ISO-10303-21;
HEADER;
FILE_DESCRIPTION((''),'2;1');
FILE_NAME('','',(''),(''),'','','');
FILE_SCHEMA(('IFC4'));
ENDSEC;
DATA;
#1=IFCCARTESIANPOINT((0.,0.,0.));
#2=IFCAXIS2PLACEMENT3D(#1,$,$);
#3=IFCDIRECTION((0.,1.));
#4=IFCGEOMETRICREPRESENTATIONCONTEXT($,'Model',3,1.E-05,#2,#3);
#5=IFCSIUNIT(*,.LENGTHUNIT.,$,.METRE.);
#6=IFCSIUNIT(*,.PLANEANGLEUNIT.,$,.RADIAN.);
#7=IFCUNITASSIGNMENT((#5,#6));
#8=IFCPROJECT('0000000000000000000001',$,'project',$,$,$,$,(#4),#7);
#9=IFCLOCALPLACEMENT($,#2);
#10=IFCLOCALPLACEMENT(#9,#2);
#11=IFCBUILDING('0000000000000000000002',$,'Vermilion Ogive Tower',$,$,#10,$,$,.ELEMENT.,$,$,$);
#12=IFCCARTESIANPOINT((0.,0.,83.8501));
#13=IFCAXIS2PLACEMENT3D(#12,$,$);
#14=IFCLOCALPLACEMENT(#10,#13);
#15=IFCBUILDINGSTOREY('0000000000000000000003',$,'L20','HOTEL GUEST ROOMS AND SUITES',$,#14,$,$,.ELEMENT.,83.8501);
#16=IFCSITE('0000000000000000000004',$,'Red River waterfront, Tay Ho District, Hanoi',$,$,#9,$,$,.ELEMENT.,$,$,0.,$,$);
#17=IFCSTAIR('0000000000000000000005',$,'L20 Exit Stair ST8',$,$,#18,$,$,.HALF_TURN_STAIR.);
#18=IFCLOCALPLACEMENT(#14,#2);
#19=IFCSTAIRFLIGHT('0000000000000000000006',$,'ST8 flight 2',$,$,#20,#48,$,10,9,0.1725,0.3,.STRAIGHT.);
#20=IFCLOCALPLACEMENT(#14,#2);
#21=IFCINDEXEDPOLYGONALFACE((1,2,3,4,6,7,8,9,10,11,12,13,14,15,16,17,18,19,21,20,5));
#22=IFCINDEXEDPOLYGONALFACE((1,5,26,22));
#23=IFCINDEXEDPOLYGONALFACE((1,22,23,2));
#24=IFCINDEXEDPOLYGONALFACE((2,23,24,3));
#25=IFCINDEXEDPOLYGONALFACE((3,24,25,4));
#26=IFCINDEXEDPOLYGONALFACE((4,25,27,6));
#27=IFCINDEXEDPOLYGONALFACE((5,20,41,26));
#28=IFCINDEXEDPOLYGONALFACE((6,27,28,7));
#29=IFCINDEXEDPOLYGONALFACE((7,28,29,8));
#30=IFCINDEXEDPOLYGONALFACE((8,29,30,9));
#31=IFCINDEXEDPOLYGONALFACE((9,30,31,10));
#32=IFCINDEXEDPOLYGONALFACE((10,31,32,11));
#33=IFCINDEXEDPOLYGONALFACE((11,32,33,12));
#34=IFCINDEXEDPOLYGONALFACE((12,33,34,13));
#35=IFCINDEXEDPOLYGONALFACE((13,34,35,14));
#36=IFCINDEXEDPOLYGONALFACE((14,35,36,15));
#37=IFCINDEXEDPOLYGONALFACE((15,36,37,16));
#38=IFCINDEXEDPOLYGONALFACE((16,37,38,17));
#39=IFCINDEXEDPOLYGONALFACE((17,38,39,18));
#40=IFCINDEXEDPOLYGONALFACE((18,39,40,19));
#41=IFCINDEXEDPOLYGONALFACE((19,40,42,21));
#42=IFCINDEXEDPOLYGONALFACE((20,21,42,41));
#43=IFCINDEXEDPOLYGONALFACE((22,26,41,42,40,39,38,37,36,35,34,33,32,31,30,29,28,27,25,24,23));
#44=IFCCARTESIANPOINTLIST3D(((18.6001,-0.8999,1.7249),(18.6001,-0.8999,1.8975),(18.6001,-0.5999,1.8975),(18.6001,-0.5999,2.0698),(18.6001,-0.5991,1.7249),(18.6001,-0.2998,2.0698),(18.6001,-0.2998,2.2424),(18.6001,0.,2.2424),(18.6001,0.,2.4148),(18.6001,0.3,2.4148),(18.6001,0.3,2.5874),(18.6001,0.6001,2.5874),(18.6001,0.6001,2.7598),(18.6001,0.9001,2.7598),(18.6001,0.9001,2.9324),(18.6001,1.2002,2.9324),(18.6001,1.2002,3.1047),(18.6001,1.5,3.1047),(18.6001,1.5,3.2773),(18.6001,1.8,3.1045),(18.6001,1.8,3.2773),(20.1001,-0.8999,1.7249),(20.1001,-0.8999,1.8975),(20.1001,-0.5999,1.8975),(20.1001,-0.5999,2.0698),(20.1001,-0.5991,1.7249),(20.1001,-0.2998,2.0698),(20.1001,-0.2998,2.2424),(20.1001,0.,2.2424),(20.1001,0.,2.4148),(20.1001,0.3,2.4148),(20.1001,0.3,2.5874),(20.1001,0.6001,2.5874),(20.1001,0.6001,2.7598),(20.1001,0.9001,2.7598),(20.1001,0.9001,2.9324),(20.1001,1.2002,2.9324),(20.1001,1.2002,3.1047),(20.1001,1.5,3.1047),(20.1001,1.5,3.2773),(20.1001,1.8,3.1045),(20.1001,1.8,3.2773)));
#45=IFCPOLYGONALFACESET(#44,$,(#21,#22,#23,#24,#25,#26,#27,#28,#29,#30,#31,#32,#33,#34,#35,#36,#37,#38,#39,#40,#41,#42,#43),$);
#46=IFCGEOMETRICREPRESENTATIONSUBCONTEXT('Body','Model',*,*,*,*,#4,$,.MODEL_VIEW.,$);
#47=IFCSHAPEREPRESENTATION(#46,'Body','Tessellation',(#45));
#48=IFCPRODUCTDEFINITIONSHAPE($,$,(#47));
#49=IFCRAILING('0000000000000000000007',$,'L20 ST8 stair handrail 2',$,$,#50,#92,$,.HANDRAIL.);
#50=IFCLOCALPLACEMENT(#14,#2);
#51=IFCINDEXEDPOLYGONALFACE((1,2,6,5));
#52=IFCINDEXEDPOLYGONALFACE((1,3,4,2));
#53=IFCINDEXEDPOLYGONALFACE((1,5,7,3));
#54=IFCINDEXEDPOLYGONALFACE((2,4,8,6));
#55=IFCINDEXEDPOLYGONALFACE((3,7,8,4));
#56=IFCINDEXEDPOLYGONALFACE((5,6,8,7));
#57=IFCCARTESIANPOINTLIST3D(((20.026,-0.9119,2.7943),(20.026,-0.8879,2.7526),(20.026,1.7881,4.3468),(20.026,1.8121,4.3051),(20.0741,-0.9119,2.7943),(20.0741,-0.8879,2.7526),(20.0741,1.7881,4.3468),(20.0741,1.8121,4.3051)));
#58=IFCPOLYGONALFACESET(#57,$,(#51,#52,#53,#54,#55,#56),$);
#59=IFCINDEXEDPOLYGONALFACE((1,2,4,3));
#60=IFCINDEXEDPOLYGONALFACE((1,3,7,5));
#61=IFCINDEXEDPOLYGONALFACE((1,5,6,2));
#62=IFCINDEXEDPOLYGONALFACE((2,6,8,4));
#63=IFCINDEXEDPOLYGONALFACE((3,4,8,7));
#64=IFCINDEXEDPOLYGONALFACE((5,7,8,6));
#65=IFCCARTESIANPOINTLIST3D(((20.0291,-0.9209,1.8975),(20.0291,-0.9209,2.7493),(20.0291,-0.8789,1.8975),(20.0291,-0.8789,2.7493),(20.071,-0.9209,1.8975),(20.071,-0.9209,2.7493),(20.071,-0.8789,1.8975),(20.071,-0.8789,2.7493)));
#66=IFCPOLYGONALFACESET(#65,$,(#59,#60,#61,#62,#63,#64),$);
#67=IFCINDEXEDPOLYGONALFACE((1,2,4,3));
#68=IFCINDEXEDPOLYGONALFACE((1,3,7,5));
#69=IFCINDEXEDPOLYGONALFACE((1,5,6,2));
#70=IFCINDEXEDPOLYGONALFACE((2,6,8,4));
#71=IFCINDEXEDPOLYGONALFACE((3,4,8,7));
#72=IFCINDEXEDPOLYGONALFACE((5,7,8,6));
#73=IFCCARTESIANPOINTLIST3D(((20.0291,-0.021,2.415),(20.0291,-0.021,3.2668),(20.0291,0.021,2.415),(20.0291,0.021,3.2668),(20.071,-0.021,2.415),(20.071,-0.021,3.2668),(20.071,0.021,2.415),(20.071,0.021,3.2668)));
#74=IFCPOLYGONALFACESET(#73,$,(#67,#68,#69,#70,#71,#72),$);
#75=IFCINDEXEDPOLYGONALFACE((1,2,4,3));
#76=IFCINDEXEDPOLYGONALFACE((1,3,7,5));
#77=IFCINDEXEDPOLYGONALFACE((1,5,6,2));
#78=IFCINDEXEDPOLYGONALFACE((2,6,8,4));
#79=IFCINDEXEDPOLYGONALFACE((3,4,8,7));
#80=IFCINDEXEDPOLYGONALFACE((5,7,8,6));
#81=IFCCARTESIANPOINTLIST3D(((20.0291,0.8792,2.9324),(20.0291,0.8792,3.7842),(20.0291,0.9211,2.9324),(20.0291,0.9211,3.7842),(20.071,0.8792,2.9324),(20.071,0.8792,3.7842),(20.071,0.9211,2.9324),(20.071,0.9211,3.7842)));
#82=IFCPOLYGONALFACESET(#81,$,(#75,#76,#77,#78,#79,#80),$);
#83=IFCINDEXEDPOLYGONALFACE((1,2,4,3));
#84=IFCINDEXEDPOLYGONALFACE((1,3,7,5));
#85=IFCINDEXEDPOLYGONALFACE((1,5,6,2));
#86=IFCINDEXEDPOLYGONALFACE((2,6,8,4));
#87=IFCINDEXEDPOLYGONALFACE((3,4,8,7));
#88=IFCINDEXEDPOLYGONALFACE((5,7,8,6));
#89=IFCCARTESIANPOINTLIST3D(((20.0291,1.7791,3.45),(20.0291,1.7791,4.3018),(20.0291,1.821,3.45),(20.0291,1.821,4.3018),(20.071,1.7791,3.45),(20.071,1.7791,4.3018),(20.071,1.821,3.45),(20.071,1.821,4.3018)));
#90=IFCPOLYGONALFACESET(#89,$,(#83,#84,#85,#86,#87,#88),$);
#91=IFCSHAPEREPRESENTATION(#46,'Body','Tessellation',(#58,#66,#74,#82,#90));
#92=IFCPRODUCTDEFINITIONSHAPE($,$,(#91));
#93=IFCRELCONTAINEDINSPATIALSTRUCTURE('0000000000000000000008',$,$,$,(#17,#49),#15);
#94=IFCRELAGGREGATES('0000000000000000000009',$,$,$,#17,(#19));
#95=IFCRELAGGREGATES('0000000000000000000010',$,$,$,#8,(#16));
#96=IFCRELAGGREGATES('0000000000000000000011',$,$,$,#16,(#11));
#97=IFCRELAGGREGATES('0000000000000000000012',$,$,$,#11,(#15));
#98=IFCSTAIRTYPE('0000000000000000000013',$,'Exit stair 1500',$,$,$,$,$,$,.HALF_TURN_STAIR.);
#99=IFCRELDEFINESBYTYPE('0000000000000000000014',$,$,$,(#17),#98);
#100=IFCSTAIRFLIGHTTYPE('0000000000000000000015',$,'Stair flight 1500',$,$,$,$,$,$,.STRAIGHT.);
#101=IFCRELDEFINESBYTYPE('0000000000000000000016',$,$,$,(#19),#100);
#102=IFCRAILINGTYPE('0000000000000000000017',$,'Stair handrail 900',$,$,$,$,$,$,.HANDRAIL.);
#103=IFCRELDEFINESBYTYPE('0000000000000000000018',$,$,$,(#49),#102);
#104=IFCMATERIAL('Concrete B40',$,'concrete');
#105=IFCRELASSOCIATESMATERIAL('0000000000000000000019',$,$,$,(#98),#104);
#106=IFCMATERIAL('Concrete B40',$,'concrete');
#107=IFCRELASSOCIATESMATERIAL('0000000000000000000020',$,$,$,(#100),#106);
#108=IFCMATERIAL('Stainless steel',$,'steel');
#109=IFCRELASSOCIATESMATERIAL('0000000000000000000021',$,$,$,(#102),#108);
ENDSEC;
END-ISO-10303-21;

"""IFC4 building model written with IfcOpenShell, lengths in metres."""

from ifc_helpers import new_model, si_unit, direction, frame, origin, origin_2d, place, context, subcontext, project, spatial, polyline, rectangle, outline, extrude, material, type_object, element, aggregate, save


model = new_model("IFC4")

# Units and contexts
model_context = context("Model", 3, precision=1e-05, world=origin(), true_north=direction((0.0, 1.0)))
body_context = subcontext(model_context, "Body", "Model", "MODEL_VIEW")
ifc_project = project(units=[si_unit("LENGTHUNIT", "METRE"), si_unit("PLANEANGLEUNIT", "RADIAN")], contexts=[model_context])

# Site, building, storey
site_placement = place(None, origin())
site = spatial("IfcSite", under=ifc_project, at=site_placement, Name="Red River waterfront, Tay Ho District, Hanoi", CompositionType="ELEMENT", RefElevation=0.0)
building_placement = place(site_placement, origin())
building = spatial("IfcBuilding", under=site, at=building_placement, Name="Vermilion Ogive Tower", CompositionType="ELEMENT")
storey_placement = place(building_placement, frame((0.0, 0.0, 83.8501)))
storey = spatial("IfcBuildingStorey", under=building, at=storey_placement, Name="L20", Description="HOTEL GUEST ROOMS AND SUITES", CompositionType="ELEMENT", Elevation=83.8501)

# Stair, stair flight
ifc_material_1 = material(Name="Concrete B40", Category="concrete")
stair_type = type_object("IfcStairType", Name="Exit stair 1500", PredefinedType="HALF_TURN_STAIR", material=ifc_material_1)
stair_placement = place(storey_placement, origin())
stair = element("IfcStair", 1, at=stair_placement, inside=storey, type_object=stair_type, Name="L20 Exit Stair ST8", PredefinedType="HALF_TURN_STAIR")
ifc_material_2 = material(Name="Concrete B40", Category="concrete")
stair_flight_type = type_object("IfcStairFlightType", Name="Stair flight 1500", PredefinedType="STRAIGHT", material=ifc_material_2)
stair_flight_placement = place(storey_placement, frame((19.3501, -0.8999, 1.7249), z_axis=(0.0, 0.0, 1.0), x_axis=(0.0, 1.0, 0.0)))
stair_flight = element("IfcStairFlight", 2, at=stair_flight_placement, type_object=stair_flight_type, Name="ST8 flight 2", NumberOfRisers=10, NumberOfTreads=9, PredefinedType="STRAIGHT", RiserHeight=0.1725, TreadLength=0.3, context=body_context, shape_type="SweptSolid", body=[
    extrude(outline(polyline([(0.0, 0.0), (0.0, 0.1726), (0.3, 0.1726), (0.3, 0.345), (0.6001, 0.345), (0.6001, 0.5176), (0.8999, 0.5176), (0.8999, 0.6899), (1.2, 0.6899), (1.2, 0.8625), (1.5, 0.8625), (1.5, 1.0349), (1.8, 1.0349), (1.8, 1.2075), (2.1001, 1.2075), (2.1001, 1.3799), (2.3999, 1.3799), (2.3999, 1.5525), (2.7, 1.5525), (2.7, 1.7251), (2.7, 1.3796), (0.3008, 0.0), (0.0, 0.0)])), frame((0.0, 0.75, 0.0), z_axis=(0.0, -1.0, 0.0), x_axis=(1.0, 0.0, 0.0)), (0.0, 0.0, 1.0), 1.5),
])
aggregate(stair, [stair_flight])

# Railing
ifc_material_3 = material(Name="Stainless steel", Category="steel")
railing_type = type_object("IfcRailingType", Name="Stair handrail 900", PredefinedType="HANDRAIL", material=ifc_material_3)
railing_placement = place(storey_placement, frame((20.05, -0.8999, 1.8975)))
element("IfcRailing", 3, at=railing_placement, inside=storey, type_object=railing_type, Name="L20 ST8 stair handrail 2", PredefinedType="HANDRAIL", context=body_context, shape_type="SweptSolid", body=[
    extrude(rectangle(XDim=0.0481, YDim=0.0481, at=origin_2d()), frame((0.0, 0.0, 0.876), z_axis=(0.0, 0.866904, 0.498476), x_axis=(-1.0, 0.0, 0.0)), (0.0, 0.0, 1.0), 3.1145),
    extrude(rectangle(XDim=0.042, YDim=0.042, at=origin_2d()), origin(), (0.0, 0.0, 1.0), 0.8518),
    extrude(rectangle(XDim=0.042, YDim=0.042, at=origin_2d()), frame((0.0, 0.8999, 0.5176)), (0.0, 0.0, 1.0), 0.8518),
    extrude(rectangle(XDim=0.042, YDim=0.042, at=origin_2d()), frame((0.0, 1.8, 1.0349)), (0.0, 0.0, 1.0), 0.8518),
    extrude(rectangle(XDim=0.042, YDim=0.042, at=origin_2d()), frame((0.0, 2.7, 1.5525)), (0.0, 0.0, 1.0), 0.8518),
])

save(model, "model.ifc")
